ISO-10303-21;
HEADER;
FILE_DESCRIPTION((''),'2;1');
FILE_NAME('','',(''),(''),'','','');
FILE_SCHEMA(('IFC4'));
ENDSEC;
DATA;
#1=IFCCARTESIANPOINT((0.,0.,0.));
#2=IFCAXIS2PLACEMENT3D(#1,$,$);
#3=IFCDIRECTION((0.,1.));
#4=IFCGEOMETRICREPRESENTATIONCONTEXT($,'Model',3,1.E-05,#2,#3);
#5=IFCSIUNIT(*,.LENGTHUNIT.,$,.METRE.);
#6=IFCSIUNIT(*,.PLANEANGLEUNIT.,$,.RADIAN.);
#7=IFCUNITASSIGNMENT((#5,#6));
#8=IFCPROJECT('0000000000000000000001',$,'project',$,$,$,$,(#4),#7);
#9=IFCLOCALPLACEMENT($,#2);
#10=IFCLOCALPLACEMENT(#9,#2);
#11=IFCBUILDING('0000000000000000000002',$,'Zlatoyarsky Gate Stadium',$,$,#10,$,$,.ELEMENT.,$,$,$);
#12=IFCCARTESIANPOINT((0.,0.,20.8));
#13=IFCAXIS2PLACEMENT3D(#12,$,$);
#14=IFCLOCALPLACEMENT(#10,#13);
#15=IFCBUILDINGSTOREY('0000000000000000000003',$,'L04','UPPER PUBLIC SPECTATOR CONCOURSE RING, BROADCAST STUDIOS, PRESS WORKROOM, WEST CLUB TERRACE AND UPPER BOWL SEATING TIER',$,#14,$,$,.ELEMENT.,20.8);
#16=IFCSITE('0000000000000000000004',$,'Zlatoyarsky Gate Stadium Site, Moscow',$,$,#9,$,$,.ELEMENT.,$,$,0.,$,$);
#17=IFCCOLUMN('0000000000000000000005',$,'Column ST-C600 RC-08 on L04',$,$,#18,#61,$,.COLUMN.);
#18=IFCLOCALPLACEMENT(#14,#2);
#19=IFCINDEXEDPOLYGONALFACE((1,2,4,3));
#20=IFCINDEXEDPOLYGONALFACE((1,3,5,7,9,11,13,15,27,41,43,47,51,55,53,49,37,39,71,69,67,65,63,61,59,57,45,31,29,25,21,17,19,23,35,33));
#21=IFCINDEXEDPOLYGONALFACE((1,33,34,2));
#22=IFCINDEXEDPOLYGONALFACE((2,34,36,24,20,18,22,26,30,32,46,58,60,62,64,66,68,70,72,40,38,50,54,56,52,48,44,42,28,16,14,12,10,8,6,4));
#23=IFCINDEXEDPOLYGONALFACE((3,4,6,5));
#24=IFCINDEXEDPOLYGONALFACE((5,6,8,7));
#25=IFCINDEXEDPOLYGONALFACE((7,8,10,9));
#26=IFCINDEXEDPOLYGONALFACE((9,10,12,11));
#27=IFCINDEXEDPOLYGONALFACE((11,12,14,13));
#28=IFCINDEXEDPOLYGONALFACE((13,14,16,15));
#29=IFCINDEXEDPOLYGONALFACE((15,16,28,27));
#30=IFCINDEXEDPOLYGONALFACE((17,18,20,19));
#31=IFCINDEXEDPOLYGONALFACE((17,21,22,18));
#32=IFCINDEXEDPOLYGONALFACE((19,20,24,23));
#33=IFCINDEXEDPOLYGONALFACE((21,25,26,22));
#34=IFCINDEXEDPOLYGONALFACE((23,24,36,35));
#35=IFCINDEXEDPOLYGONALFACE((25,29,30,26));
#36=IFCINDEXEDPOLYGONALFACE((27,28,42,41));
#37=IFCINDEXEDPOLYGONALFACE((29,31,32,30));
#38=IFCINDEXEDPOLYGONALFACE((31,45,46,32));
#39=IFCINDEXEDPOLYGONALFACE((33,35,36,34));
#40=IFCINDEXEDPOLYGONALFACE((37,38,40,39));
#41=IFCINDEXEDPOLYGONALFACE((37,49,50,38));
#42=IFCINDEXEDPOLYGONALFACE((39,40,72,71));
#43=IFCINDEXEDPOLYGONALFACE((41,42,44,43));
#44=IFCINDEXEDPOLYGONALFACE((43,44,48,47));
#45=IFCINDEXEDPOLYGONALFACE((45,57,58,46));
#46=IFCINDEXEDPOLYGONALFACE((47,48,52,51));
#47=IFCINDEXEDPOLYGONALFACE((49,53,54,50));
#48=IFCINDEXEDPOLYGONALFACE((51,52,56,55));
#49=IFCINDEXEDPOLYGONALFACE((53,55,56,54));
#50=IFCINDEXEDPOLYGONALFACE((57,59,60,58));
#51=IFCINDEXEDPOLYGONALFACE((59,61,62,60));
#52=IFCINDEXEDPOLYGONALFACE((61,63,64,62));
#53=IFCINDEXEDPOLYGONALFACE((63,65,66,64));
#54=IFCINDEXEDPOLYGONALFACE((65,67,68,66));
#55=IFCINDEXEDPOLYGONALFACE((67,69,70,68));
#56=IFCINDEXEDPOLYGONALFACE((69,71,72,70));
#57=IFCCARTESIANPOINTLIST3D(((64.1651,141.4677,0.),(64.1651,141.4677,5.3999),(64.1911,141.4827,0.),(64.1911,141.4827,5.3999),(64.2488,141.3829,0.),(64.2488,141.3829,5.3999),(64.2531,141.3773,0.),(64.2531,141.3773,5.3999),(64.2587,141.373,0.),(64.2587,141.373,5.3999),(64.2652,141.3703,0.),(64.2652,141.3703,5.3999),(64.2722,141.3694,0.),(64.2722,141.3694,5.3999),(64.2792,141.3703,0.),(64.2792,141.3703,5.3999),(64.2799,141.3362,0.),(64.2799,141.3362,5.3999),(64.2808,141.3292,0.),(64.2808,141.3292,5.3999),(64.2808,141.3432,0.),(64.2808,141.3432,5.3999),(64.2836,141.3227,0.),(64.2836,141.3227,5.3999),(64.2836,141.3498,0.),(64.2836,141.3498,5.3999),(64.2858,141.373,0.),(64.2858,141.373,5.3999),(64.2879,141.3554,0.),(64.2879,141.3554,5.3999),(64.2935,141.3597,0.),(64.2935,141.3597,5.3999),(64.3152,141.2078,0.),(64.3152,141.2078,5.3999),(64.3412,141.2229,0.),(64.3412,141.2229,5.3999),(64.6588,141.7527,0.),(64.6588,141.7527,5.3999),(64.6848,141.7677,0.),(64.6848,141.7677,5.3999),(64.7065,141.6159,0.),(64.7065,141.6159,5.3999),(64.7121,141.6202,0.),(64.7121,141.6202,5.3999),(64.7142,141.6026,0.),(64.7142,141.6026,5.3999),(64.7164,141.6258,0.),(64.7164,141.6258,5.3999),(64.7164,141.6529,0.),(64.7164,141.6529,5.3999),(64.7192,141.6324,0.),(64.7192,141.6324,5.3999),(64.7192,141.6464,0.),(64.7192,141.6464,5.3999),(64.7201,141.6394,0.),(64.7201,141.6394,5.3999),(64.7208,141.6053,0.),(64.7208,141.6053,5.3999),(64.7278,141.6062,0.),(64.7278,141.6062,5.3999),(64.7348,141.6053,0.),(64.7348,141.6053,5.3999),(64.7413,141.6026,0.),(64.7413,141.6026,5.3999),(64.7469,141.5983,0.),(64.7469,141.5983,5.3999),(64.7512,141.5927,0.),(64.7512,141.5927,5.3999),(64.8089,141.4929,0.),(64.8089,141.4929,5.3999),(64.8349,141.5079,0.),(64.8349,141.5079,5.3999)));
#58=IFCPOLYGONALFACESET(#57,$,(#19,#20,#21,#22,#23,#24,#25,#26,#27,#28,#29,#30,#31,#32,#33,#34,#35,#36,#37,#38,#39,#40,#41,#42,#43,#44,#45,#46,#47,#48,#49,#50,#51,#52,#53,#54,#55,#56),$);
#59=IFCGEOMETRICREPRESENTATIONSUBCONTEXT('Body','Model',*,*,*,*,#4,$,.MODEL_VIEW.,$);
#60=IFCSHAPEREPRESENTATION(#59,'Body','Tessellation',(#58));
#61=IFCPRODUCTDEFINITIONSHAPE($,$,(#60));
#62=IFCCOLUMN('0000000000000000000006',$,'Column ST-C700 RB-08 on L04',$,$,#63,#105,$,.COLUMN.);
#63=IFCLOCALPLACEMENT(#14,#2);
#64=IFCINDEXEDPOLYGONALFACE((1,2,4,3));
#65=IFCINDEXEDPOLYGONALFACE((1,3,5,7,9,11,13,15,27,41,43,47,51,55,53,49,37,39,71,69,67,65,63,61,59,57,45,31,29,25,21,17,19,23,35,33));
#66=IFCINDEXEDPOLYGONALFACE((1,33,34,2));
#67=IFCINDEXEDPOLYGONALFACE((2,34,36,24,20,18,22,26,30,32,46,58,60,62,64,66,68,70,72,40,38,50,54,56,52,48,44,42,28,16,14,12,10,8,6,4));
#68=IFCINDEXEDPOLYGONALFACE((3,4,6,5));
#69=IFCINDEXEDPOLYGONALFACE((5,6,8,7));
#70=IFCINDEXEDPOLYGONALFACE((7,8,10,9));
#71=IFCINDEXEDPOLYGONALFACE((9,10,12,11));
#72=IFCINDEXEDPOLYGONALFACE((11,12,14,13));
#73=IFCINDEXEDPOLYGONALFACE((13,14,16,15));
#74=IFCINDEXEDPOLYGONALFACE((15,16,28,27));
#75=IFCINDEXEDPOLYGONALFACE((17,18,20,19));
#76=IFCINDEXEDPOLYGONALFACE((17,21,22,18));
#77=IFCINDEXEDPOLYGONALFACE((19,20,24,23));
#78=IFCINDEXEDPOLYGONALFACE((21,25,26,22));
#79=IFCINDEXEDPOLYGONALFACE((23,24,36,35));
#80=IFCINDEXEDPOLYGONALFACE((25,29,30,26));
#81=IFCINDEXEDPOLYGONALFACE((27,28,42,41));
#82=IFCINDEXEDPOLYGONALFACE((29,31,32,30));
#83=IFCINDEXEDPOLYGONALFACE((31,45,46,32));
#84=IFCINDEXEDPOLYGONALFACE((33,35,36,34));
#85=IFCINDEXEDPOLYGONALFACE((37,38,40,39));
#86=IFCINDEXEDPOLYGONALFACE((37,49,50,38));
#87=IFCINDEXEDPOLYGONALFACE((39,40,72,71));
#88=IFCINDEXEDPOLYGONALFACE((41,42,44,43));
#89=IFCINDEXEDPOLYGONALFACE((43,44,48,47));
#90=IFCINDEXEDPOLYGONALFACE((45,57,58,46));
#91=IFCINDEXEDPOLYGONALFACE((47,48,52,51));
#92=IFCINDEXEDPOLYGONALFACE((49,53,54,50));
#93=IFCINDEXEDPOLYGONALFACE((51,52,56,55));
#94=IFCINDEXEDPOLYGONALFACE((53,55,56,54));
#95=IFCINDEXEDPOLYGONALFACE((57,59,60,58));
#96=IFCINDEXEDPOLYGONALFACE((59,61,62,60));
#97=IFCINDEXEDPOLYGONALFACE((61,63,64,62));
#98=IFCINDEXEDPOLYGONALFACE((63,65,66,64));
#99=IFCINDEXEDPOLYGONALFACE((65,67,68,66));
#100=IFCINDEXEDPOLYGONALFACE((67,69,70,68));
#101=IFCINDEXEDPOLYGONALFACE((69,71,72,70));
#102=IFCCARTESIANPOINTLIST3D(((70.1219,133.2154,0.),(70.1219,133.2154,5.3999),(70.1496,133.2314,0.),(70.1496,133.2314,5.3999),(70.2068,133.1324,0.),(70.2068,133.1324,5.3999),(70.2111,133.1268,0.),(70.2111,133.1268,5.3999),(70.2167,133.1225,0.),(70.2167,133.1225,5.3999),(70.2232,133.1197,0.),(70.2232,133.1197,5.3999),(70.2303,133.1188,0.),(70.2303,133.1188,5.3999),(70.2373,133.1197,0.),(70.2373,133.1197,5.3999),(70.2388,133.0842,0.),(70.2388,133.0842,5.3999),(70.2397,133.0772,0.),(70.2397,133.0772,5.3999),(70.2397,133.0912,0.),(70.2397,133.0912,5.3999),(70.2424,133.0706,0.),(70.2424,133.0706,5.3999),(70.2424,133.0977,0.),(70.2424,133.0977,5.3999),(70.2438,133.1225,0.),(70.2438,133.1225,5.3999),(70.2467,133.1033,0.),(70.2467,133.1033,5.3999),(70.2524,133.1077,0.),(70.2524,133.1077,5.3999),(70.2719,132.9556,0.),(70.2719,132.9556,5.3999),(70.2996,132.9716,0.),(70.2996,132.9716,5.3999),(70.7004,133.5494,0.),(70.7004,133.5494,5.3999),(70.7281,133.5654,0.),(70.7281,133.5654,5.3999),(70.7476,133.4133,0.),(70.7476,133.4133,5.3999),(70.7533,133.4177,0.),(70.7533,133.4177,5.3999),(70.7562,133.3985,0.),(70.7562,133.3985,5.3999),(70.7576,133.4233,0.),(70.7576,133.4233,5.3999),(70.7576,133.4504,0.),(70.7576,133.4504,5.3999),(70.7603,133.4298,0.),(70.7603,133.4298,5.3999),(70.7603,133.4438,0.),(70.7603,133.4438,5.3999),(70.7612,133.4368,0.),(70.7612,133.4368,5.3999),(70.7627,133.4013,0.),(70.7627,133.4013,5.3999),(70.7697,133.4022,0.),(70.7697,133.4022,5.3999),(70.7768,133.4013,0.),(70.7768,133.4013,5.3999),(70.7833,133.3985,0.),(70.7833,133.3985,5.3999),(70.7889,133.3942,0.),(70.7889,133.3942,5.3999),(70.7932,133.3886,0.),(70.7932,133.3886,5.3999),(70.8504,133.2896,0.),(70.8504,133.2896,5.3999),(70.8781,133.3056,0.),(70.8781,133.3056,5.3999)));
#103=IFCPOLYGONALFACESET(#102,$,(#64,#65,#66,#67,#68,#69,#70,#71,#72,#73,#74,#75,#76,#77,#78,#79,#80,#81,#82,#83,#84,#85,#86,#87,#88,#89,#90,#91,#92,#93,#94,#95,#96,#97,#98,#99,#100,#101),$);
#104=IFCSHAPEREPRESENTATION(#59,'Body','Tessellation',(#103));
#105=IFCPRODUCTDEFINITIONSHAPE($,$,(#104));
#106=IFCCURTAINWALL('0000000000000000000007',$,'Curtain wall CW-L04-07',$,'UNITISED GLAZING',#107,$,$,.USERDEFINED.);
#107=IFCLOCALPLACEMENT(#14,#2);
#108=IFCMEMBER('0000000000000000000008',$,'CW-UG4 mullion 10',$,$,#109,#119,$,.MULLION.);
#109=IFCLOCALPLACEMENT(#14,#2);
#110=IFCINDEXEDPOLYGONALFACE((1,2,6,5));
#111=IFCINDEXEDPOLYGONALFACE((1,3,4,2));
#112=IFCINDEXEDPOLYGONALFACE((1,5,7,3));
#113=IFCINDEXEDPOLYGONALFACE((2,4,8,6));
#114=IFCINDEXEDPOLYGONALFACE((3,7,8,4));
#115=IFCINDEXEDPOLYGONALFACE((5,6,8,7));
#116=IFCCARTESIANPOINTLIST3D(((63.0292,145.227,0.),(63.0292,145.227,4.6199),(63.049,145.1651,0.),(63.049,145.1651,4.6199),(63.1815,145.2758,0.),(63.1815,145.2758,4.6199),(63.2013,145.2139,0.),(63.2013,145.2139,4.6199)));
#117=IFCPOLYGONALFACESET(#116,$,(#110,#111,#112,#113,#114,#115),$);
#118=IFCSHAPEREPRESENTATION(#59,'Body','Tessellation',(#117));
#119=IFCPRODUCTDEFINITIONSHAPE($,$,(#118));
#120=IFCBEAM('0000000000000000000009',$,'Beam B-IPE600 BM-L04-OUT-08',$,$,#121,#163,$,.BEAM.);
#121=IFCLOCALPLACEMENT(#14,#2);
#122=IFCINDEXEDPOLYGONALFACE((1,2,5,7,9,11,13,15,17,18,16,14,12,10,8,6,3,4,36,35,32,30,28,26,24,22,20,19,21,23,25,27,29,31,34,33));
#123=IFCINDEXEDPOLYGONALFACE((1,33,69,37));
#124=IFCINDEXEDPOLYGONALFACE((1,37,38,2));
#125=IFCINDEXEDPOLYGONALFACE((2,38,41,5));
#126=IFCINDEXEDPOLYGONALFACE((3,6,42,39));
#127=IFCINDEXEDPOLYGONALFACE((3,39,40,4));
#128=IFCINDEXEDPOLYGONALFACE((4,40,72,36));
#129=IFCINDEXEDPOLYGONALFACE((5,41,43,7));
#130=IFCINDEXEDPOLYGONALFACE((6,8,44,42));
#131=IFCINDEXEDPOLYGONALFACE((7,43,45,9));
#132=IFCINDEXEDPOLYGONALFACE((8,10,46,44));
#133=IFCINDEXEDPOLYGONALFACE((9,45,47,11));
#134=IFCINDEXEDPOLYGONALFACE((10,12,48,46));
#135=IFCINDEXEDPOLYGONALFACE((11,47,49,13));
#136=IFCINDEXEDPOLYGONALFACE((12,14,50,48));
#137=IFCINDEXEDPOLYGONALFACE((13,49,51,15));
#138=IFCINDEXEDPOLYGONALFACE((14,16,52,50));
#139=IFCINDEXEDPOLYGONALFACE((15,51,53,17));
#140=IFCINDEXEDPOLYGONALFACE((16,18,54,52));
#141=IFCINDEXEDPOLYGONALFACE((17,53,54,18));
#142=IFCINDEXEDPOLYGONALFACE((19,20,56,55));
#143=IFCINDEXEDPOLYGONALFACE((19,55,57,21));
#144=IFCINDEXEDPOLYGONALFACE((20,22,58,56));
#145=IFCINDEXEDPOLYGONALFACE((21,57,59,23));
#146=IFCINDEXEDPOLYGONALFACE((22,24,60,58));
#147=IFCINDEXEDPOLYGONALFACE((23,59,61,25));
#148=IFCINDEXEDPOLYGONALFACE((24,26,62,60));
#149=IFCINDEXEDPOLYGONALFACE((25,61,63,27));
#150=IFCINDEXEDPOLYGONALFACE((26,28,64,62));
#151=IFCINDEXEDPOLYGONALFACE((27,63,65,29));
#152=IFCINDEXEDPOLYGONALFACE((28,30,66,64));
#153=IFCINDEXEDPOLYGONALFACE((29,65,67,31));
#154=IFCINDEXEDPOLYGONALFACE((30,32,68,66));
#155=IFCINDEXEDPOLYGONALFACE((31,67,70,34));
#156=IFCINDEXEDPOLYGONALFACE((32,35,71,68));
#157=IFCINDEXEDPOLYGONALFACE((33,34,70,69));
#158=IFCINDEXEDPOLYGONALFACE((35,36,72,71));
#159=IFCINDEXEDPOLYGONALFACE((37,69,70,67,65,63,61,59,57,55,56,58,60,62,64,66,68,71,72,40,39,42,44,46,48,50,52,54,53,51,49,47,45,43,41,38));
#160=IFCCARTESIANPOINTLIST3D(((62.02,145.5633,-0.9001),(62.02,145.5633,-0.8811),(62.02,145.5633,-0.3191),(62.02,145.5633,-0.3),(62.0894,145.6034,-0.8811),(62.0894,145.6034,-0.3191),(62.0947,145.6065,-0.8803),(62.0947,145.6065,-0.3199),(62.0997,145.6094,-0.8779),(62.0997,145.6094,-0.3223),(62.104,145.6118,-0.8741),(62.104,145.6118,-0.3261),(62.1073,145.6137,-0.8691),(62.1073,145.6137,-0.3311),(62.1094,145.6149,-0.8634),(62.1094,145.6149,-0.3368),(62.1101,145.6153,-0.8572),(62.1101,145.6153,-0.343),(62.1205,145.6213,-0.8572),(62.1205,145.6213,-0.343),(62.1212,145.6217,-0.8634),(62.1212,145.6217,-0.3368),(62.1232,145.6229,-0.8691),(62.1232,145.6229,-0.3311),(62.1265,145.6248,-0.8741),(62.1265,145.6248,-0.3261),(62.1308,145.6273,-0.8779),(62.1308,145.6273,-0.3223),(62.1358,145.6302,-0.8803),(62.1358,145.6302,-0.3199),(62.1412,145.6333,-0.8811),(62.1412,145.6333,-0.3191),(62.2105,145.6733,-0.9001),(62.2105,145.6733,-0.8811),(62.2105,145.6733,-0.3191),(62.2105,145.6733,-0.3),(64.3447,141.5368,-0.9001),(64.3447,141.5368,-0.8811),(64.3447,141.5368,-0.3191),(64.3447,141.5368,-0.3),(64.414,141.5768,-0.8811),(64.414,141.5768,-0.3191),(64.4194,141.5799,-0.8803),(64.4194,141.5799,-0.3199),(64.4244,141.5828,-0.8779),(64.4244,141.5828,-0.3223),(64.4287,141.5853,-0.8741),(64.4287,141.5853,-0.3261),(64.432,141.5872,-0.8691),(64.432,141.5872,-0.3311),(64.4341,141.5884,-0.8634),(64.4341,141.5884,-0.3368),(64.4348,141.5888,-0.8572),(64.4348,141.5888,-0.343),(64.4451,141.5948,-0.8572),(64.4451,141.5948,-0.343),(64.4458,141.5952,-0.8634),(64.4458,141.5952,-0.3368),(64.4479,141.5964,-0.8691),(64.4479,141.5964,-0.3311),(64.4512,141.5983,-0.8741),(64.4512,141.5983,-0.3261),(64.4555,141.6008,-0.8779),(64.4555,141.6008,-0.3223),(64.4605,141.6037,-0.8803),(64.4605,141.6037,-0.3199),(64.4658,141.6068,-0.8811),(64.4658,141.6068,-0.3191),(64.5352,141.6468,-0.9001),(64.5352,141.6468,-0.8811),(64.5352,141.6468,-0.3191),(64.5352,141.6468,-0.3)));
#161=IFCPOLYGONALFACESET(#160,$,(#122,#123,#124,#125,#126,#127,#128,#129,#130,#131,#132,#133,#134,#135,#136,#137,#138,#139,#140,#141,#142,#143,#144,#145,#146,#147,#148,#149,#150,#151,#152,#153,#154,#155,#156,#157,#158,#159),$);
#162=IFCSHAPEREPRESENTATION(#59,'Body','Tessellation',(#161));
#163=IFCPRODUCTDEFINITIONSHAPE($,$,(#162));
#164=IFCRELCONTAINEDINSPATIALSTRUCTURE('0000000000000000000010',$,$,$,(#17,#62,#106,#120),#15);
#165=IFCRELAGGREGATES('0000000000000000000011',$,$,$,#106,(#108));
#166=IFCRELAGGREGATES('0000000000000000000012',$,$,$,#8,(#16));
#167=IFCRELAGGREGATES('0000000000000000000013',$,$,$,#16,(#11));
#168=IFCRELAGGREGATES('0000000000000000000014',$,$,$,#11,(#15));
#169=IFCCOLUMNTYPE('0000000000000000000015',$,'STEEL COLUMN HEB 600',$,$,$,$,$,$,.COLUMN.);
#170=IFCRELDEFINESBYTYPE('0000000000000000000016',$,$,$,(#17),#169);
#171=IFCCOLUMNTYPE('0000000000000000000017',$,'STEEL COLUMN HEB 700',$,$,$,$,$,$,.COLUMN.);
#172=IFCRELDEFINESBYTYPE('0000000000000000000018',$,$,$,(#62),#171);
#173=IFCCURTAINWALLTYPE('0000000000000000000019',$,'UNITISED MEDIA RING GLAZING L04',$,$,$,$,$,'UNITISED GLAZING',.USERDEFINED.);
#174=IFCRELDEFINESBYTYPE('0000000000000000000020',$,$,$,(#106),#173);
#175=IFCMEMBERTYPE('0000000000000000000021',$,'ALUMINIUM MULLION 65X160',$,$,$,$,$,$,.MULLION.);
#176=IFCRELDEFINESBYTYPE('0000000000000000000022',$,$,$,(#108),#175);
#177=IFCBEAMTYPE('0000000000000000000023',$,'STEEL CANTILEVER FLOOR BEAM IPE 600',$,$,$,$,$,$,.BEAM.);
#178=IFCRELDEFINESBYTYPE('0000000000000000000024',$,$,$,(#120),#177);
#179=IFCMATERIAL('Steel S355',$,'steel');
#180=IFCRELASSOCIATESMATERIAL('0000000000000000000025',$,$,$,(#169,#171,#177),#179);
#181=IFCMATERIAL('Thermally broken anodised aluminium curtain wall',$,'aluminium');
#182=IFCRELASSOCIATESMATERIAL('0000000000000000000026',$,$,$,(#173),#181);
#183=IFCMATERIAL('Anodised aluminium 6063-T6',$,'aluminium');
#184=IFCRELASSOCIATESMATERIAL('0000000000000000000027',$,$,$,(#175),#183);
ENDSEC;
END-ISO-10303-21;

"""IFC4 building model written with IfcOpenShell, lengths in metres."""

from ifc_helpers import new_model, si_unit, direction, frame, origin, origin_2d, place, context, subcontext, project, spatial, rectangle, i_section, extrude, material, material_profile, profile_set, type_object, element, aggregate, save


model = new_model("IFC4")

# Units and contexts
model_context = context("Model", 3, precision=1e-05, world=origin(), true_north=direction((0.0, 1.0)))
body_context = subcontext(model_context, "Body", "Model", "MODEL_VIEW")
ifc_project = project(units=[si_unit("LENGTHUNIT", "METRE"), si_unit("PLANEANGLEUNIT", "RADIAN")], contexts=[model_context])

# Site, building, storey
site_placement = place(None, origin())
site = spatial("IfcSite", under=ifc_project, at=site_placement, Name="Zlatoyarsky Gate Stadium Site, Moscow", CompositionType="ELEMENT", RefElevation=0.0)
building_placement = place(site_placement, origin())
building = spatial("IfcBuilding", under=site, at=building_placement, Name="Zlatoyarsky Gate Stadium", CompositionType="ELEMENT")
storey_placement = place(building_placement, frame((0.0, 0.0, 20.8)))
storey = spatial("IfcBuildingStorey", under=building, at=storey_placement, Name="L04", Description="UPPER PUBLIC SPECTATOR CONCOURSE RING, BROADCAST STUDIOS, PRESS WORKROOM, WEST CLUB TERRACE AND UPPER BOWL SEATING TIER", CompositionType="ELEMENT", Elevation=20.8)

# Columns
ifc_material_1 = material(Name="Steel S355", Category="steel")
ifc_material_profile_1 = material_profile(ifc_material_1, i_section(OverallWidth=0.3, OverallDepth=0.6001, WebThickness=0.0154, FlangeThickness=0.03, FilletRadius=0.0271, at=origin_2d()), Name="HEB 600")
ifc_profile_set_1 = profile_set([ifc_material_profile_1], Name="Steel S355")
column_type_1 = type_object("IfcColumnType", Name="STEEL COLUMN HEB 600", PredefinedType="COLUMN", material=ifc_profile_set_1)
column_1_placement = place(storey_placement, frame((64.5, 141.4878, 0.0), z_axis=(0.0, 0.0, 1.0), x_axis=(-0.5, 0.866025, 0.0)))
element("IfcColumn", 1, at=column_1_placement, inside=storey, type_object=column_type_1, Name="Column ST-C600 RC-08 on L04", PredefinedType="COLUMN", context=body_context, shape_type="SweptSolid", body=[
    extrude(i_section(OverallWidth=0.3, OverallDepth=0.6001, WebThickness=0.0154, FlangeThickness=0.03, FilletRadius=0.0271, at=origin_2d()), origin(), (0.0, 0.0, 1.0), 5.3999),
])
ifc_material_profile_2 = material_profile(ifc_material_1, i_section(OverallWidth=0.3, OverallDepth=0.7, WebThickness=0.0171, FlangeThickness=0.032, FilletRadius=0.0271, at=origin_2d()), Name="HEB 700")
ifc_profile_set_2 = profile_set([ifc_material_profile_2], Name="Steel S355")
column_type_2 = type_object("IfcColumnType", Name="STEEL COLUMN HEB 700", PredefinedType="COLUMN", material=ifc_profile_set_2)
column_2_placement = place(storey_placement, frame((70.5, 133.2605, 0.0), z_axis=(0.0, 0.0, 1.0), x_axis=(-0.5, 0.866025, 0.0)))
element("IfcColumn", 2, at=column_2_placement, inside=storey, type_object=column_type_2, Name="Column ST-C700 RB-08 on L04", PredefinedType="COLUMN", context=body_context, shape_type="SweptSolid", body=[
    extrude(i_section(OverallWidth=0.3, OverallDepth=0.7, WebThickness=0.0171, FlangeThickness=0.032, FilletRadius=0.0271, at=origin_2d()), origin(), (0.0, 0.0, 1.0), 5.3999),
])

# Curtain wall, member
ifc_material_2 = material(Name="Thermally broken anodised aluminium curtain wall", Category="aluminium")
curtain_wall_type = type_object("IfcCurtainWallType", Name="UNITISED MEDIA RING GLAZING L04", ElementType="UNITISED GLAZING", PredefinedType="USERDEFINED", material=ifc_material_2)
curtain_wall_placement = place(storey_placement, origin())
curtain_wall = element("IfcCurtainWall", 3, at=curtain_wall_placement, inside=storey, type_object=curtain_wall_type, Name="Curtain wall CW-L04-07", ObjectType="UNITISED GLAZING", PredefinedType="USERDEFINED")
ifc_material_3 = material(Name="Anodised aluminium 6063-T6", Category="aluminium")
ifc_material_profile_3 = material_profile(ifc_material_3, rectangle(XDim=0.0649, YDim=0.1599, at=origin_2d()), Name="ALU 65X160")
ifc_profile_set_3 = profile_set([ifc_material_profile_3], Name="Anodised aluminium 6063-T6")
member_type_1 = type_object("IfcMemberType", Name="ALUMINIUM MULLION 65X160", PredefinedType="MULLION", material=ifc_profile_set_3)
member_1_placement = place(storey_placement, frame((63.1152, 145.2205, 0.0), z_axis=(0.0, 0.0, 1.0), x_axis=(0.305066, -0.952331, 0.0)))
member_1 = element("IfcMember", 4, at=member_1_placement, type_object=member_type_1, Name="CW-UG4 mullion 10", PredefinedType="MULLION", context=body_context, shape_type="SweptSolid", body=[
    extrude(rectangle(XDim=0.0649, YDim=0.1599, at=origin_2d()), origin(), (0.0, 0.0, 1.0), 4.6199),
])

# Beam
ifc_material_profile_4 = material_profile(ifc_material_1, i_section(OverallWidth=0.22, OverallDepth=0.6001, WebThickness=0.012, FlangeThickness=0.019, FilletRadius=0.0239, at=origin_2d()), Name="IPE 600")
ifc_profile_set_4 = profile_set([ifc_material_profile_4], Name="Steel S355")
beam_type_1 = type_object("IfcBeamType", Name="STEEL CANTILEVER FLOOR BEAM IPE 600", PredefinedType="BEAM", material=ifc_profile_set_4)
beam_1_placement = place(storey_placement, frame((64.4399, 141.5918, -0.6001), z_axis=(-0.499991, 0.866031, 0.0), x_axis=(-0.866031, -0.499991, 0.0)))
element("IfcBeam", 5, at=beam_1_placement, inside=storey, type_object=beam_type_1, Name="Beam B-IPE600 BM-L04-OUT-08", PredefinedType="BEAM", context=body_context, shape_type="SweptSolid", body=[
    extrude(i_section(OverallWidth=0.22, OverallDepth=0.6001, WebThickness=0.012, FlangeThickness=0.019, FilletRadius=0.0239, at=origin_2d()), origin(), (0.0, 0.0, 1.0), 4.6494),
])

aggregate(curtain_wall, [member_1])

save(model, "model.ifc")
